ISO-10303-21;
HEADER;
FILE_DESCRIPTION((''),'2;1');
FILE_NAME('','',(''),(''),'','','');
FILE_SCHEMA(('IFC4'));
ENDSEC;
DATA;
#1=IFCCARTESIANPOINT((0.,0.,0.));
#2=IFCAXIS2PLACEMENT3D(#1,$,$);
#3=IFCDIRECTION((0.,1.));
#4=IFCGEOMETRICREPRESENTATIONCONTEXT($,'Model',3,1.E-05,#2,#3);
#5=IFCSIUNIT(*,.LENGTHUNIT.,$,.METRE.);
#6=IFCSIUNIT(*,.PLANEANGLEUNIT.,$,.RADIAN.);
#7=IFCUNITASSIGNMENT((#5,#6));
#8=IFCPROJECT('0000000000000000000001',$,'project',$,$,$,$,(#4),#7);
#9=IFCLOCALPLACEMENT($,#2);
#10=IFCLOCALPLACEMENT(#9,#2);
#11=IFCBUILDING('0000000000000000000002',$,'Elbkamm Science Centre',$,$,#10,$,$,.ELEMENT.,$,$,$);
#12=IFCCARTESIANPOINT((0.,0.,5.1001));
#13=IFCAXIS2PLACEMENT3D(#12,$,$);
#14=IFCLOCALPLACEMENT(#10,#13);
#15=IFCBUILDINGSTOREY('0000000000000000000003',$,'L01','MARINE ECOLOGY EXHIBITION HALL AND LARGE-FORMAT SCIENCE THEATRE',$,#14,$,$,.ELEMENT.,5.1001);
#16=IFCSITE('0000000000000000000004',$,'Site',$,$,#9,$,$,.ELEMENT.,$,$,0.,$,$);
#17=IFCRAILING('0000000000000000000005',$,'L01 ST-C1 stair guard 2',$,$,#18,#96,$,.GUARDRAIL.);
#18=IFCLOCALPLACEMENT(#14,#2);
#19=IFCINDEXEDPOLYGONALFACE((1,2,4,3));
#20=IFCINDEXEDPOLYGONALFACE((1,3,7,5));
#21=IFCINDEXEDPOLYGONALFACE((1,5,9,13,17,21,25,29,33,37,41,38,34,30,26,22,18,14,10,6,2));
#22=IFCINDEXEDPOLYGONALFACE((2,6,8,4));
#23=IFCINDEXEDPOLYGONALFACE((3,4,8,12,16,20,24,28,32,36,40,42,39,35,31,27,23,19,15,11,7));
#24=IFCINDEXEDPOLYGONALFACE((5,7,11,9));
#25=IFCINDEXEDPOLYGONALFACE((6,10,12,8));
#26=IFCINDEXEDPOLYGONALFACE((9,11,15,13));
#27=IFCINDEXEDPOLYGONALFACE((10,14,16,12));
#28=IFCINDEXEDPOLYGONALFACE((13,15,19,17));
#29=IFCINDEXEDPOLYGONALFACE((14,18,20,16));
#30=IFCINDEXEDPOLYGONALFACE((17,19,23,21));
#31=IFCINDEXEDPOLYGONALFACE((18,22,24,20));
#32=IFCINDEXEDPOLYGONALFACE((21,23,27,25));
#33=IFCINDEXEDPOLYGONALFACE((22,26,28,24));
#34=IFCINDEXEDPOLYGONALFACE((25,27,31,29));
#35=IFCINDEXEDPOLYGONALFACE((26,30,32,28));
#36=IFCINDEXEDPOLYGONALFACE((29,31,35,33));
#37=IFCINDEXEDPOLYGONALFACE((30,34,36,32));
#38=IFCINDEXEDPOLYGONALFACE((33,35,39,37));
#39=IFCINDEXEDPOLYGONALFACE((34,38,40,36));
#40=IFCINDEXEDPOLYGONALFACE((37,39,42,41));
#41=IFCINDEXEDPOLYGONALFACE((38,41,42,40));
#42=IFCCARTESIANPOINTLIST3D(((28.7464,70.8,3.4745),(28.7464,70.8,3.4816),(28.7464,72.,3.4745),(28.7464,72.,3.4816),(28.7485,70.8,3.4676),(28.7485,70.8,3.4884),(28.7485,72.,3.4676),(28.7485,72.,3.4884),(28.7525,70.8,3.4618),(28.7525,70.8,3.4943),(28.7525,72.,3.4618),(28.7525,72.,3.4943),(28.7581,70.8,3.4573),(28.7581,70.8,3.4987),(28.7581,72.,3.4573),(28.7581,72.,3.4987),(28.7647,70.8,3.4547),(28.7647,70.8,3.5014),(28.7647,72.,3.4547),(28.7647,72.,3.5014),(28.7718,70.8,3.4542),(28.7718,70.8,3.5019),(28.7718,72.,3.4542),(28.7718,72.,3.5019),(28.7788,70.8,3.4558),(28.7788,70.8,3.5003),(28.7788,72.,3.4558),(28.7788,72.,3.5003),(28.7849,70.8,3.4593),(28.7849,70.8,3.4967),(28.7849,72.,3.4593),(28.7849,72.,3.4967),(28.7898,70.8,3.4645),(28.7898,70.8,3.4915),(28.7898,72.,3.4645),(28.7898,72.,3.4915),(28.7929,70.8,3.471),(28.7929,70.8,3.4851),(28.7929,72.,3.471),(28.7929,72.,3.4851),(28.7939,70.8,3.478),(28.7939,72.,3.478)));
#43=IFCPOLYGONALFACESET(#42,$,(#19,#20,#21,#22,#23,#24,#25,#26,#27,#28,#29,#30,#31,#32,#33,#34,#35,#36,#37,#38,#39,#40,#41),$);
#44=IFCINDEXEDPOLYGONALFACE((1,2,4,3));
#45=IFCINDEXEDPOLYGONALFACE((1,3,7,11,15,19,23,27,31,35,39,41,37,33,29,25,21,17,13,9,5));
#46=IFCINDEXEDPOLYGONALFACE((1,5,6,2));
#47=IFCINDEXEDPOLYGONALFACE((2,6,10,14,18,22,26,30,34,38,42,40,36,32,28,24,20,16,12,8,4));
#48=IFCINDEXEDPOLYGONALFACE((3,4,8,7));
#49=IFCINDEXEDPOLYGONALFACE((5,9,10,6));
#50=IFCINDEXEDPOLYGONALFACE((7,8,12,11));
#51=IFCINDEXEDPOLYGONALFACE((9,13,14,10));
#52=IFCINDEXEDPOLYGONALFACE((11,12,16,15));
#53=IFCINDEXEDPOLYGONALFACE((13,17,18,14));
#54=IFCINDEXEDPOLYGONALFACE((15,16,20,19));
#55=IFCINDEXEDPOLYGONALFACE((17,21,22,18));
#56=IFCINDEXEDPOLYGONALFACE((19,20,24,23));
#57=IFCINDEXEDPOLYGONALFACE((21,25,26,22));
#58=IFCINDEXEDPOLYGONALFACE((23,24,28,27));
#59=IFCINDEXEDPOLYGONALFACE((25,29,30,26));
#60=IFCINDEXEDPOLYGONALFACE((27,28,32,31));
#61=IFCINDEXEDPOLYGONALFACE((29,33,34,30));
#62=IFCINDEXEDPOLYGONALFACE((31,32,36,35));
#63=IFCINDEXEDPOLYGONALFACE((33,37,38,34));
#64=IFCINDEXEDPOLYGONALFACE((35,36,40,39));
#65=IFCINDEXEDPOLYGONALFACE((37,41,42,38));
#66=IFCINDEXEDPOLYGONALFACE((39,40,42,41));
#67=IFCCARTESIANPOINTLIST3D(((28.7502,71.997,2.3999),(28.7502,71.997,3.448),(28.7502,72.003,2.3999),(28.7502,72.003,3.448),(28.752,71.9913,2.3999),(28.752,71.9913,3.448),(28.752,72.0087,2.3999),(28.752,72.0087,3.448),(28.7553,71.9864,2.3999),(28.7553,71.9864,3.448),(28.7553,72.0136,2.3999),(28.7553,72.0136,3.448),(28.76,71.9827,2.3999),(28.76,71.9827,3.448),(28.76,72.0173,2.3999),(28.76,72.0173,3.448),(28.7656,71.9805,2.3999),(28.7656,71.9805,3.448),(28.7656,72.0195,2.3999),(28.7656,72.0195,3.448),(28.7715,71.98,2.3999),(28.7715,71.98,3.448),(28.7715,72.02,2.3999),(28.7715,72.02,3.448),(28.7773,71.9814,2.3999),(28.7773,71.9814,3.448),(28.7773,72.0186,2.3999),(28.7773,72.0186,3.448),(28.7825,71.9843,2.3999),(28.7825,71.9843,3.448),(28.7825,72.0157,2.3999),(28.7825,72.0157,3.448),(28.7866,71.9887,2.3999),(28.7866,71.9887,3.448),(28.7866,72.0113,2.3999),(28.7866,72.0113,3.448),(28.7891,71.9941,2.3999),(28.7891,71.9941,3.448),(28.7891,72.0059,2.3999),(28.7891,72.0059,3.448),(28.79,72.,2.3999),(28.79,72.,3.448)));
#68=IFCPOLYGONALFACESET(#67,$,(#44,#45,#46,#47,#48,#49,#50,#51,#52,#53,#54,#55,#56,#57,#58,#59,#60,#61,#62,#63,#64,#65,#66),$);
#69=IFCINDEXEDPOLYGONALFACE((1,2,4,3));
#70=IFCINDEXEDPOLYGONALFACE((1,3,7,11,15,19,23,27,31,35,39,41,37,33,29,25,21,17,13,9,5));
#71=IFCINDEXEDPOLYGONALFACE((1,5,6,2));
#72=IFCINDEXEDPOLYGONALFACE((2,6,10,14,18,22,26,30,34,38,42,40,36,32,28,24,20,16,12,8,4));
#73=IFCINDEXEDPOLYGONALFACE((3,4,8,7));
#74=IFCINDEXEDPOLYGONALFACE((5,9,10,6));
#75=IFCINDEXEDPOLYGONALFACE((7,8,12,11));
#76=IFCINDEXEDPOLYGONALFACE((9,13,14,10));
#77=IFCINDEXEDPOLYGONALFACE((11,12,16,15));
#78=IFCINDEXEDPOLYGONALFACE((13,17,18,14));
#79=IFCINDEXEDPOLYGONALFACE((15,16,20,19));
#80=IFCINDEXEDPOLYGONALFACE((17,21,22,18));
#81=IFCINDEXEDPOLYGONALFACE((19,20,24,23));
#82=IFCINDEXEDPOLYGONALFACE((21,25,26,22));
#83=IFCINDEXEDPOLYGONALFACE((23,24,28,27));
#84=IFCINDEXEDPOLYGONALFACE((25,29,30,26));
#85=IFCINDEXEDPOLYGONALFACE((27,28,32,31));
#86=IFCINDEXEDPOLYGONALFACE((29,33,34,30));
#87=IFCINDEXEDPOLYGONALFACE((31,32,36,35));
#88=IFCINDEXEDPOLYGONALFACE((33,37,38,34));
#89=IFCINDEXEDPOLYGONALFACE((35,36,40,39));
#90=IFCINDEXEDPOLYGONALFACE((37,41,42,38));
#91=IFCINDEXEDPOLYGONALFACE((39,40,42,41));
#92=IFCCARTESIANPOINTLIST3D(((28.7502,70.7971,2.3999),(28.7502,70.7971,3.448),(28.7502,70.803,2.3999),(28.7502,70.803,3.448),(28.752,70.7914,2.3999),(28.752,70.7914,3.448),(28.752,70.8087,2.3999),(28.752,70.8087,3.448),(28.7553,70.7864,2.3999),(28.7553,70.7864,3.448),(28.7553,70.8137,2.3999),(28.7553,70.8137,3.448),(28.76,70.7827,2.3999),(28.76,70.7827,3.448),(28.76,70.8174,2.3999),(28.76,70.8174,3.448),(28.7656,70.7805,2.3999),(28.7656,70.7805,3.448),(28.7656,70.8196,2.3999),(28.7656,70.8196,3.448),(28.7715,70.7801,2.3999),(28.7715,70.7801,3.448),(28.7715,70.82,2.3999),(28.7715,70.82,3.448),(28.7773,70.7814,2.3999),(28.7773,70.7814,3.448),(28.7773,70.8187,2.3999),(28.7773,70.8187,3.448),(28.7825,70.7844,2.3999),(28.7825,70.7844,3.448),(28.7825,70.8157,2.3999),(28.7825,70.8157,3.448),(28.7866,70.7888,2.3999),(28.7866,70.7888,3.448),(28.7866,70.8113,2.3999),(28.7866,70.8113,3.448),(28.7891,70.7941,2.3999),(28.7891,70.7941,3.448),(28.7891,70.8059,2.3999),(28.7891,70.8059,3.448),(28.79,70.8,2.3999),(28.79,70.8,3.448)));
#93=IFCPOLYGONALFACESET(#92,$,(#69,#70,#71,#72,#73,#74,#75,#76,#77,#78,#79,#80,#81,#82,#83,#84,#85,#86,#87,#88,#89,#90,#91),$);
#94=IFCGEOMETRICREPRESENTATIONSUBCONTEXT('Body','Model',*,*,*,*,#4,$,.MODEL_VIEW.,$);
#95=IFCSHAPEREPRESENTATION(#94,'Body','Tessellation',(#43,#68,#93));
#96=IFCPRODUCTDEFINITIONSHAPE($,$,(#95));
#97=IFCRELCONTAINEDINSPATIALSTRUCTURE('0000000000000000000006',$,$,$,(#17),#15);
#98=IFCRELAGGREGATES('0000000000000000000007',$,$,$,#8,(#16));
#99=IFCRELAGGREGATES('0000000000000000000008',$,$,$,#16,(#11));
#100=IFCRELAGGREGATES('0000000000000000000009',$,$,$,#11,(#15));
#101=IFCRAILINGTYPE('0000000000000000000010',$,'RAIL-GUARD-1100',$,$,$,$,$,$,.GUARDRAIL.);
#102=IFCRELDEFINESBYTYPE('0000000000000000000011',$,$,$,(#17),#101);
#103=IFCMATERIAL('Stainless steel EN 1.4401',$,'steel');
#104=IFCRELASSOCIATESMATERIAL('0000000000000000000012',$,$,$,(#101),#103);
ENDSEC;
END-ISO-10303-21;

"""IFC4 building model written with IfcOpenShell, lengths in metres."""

from ifc_helpers import new_model, si_unit, direction, frame, origin, origin_2d, place, context, subcontext, project, spatial, circle, extrude, material, type_object, element, save


model = new_model("IFC4")

# Units and contexts
model_context = context("Model", 3, precision=1e-05, world=origin(), true_north=direction((0.0, 1.0)))
body_context = subcontext(model_context, "Body", "Model", "MODEL_VIEW")
ifc_project = project(units=[si_unit("LENGTHUNIT", "METRE"), si_unit("PLANEANGLEUNIT", "RADIAN")], contexts=[model_context])

# Site, building, storey
site_placement = place(None, origin())
site = spatial("IfcSite", under=ifc_project, at=site_placement, Name="Site", CompositionType="ELEMENT", RefElevation=0.0)
building_placement = place(site_placement, origin())
building = spatial("IfcBuilding", under=site, at=building_placement, Name="Elbkamm Science Centre", CompositionType="ELEMENT")
storey_placement = place(building_placement, frame((0.0, 0.0, 5.1001)))
storey = spatial("IfcBuildingStorey", under=building, at=storey_placement, Name="L01", Description="MARINE ECOLOGY EXHIBITION HALL AND LARGE-FORMAT SCIENCE THEATRE", CompositionType="ELEMENT", Elevation=5.1001)

# Railing
ifc_material_1 = material(Name="Stainless steel EN 1.4401", Category="steel")
railing_type_1 = type_object("IfcRailingType", Name="RAIL-GUARD-1100", PredefinedType="GUARDRAIL", material=ifc_material_1)
railing_1_placement = place(storey_placement, frame((28.77, 72.0, 2.3999)))
element("IfcRailing", 1, at=railing_1_placement, inside=storey, type_object=railing_type_1, Name="L01 ST-C1 stair guard 2", PredefinedType="GUARDRAIL", context=body_context, shape_type="SweptSolid", body=[
    extrude(circle(Radius=0.0239, at=origin_2d()), frame((0.0, 0.0, 1.0781), z_axis=(0.0, -1.0, 0.0), x_axis=(1.0, 0.0, 0.0)), (0.0, 0.0, 1.0), 1.2),
    extrude(circle(Radius=0.02, at=origin_2d()), origin(), (0.0, 0.0, 1.0), 1.0481),
    extrude(circle(Radius=0.02, at=origin_2d()), frame((0.0, -1.2, 0.0)), (0.0, 0.0, 1.0), 1.0481),
])

save(model, "model.ifc")
